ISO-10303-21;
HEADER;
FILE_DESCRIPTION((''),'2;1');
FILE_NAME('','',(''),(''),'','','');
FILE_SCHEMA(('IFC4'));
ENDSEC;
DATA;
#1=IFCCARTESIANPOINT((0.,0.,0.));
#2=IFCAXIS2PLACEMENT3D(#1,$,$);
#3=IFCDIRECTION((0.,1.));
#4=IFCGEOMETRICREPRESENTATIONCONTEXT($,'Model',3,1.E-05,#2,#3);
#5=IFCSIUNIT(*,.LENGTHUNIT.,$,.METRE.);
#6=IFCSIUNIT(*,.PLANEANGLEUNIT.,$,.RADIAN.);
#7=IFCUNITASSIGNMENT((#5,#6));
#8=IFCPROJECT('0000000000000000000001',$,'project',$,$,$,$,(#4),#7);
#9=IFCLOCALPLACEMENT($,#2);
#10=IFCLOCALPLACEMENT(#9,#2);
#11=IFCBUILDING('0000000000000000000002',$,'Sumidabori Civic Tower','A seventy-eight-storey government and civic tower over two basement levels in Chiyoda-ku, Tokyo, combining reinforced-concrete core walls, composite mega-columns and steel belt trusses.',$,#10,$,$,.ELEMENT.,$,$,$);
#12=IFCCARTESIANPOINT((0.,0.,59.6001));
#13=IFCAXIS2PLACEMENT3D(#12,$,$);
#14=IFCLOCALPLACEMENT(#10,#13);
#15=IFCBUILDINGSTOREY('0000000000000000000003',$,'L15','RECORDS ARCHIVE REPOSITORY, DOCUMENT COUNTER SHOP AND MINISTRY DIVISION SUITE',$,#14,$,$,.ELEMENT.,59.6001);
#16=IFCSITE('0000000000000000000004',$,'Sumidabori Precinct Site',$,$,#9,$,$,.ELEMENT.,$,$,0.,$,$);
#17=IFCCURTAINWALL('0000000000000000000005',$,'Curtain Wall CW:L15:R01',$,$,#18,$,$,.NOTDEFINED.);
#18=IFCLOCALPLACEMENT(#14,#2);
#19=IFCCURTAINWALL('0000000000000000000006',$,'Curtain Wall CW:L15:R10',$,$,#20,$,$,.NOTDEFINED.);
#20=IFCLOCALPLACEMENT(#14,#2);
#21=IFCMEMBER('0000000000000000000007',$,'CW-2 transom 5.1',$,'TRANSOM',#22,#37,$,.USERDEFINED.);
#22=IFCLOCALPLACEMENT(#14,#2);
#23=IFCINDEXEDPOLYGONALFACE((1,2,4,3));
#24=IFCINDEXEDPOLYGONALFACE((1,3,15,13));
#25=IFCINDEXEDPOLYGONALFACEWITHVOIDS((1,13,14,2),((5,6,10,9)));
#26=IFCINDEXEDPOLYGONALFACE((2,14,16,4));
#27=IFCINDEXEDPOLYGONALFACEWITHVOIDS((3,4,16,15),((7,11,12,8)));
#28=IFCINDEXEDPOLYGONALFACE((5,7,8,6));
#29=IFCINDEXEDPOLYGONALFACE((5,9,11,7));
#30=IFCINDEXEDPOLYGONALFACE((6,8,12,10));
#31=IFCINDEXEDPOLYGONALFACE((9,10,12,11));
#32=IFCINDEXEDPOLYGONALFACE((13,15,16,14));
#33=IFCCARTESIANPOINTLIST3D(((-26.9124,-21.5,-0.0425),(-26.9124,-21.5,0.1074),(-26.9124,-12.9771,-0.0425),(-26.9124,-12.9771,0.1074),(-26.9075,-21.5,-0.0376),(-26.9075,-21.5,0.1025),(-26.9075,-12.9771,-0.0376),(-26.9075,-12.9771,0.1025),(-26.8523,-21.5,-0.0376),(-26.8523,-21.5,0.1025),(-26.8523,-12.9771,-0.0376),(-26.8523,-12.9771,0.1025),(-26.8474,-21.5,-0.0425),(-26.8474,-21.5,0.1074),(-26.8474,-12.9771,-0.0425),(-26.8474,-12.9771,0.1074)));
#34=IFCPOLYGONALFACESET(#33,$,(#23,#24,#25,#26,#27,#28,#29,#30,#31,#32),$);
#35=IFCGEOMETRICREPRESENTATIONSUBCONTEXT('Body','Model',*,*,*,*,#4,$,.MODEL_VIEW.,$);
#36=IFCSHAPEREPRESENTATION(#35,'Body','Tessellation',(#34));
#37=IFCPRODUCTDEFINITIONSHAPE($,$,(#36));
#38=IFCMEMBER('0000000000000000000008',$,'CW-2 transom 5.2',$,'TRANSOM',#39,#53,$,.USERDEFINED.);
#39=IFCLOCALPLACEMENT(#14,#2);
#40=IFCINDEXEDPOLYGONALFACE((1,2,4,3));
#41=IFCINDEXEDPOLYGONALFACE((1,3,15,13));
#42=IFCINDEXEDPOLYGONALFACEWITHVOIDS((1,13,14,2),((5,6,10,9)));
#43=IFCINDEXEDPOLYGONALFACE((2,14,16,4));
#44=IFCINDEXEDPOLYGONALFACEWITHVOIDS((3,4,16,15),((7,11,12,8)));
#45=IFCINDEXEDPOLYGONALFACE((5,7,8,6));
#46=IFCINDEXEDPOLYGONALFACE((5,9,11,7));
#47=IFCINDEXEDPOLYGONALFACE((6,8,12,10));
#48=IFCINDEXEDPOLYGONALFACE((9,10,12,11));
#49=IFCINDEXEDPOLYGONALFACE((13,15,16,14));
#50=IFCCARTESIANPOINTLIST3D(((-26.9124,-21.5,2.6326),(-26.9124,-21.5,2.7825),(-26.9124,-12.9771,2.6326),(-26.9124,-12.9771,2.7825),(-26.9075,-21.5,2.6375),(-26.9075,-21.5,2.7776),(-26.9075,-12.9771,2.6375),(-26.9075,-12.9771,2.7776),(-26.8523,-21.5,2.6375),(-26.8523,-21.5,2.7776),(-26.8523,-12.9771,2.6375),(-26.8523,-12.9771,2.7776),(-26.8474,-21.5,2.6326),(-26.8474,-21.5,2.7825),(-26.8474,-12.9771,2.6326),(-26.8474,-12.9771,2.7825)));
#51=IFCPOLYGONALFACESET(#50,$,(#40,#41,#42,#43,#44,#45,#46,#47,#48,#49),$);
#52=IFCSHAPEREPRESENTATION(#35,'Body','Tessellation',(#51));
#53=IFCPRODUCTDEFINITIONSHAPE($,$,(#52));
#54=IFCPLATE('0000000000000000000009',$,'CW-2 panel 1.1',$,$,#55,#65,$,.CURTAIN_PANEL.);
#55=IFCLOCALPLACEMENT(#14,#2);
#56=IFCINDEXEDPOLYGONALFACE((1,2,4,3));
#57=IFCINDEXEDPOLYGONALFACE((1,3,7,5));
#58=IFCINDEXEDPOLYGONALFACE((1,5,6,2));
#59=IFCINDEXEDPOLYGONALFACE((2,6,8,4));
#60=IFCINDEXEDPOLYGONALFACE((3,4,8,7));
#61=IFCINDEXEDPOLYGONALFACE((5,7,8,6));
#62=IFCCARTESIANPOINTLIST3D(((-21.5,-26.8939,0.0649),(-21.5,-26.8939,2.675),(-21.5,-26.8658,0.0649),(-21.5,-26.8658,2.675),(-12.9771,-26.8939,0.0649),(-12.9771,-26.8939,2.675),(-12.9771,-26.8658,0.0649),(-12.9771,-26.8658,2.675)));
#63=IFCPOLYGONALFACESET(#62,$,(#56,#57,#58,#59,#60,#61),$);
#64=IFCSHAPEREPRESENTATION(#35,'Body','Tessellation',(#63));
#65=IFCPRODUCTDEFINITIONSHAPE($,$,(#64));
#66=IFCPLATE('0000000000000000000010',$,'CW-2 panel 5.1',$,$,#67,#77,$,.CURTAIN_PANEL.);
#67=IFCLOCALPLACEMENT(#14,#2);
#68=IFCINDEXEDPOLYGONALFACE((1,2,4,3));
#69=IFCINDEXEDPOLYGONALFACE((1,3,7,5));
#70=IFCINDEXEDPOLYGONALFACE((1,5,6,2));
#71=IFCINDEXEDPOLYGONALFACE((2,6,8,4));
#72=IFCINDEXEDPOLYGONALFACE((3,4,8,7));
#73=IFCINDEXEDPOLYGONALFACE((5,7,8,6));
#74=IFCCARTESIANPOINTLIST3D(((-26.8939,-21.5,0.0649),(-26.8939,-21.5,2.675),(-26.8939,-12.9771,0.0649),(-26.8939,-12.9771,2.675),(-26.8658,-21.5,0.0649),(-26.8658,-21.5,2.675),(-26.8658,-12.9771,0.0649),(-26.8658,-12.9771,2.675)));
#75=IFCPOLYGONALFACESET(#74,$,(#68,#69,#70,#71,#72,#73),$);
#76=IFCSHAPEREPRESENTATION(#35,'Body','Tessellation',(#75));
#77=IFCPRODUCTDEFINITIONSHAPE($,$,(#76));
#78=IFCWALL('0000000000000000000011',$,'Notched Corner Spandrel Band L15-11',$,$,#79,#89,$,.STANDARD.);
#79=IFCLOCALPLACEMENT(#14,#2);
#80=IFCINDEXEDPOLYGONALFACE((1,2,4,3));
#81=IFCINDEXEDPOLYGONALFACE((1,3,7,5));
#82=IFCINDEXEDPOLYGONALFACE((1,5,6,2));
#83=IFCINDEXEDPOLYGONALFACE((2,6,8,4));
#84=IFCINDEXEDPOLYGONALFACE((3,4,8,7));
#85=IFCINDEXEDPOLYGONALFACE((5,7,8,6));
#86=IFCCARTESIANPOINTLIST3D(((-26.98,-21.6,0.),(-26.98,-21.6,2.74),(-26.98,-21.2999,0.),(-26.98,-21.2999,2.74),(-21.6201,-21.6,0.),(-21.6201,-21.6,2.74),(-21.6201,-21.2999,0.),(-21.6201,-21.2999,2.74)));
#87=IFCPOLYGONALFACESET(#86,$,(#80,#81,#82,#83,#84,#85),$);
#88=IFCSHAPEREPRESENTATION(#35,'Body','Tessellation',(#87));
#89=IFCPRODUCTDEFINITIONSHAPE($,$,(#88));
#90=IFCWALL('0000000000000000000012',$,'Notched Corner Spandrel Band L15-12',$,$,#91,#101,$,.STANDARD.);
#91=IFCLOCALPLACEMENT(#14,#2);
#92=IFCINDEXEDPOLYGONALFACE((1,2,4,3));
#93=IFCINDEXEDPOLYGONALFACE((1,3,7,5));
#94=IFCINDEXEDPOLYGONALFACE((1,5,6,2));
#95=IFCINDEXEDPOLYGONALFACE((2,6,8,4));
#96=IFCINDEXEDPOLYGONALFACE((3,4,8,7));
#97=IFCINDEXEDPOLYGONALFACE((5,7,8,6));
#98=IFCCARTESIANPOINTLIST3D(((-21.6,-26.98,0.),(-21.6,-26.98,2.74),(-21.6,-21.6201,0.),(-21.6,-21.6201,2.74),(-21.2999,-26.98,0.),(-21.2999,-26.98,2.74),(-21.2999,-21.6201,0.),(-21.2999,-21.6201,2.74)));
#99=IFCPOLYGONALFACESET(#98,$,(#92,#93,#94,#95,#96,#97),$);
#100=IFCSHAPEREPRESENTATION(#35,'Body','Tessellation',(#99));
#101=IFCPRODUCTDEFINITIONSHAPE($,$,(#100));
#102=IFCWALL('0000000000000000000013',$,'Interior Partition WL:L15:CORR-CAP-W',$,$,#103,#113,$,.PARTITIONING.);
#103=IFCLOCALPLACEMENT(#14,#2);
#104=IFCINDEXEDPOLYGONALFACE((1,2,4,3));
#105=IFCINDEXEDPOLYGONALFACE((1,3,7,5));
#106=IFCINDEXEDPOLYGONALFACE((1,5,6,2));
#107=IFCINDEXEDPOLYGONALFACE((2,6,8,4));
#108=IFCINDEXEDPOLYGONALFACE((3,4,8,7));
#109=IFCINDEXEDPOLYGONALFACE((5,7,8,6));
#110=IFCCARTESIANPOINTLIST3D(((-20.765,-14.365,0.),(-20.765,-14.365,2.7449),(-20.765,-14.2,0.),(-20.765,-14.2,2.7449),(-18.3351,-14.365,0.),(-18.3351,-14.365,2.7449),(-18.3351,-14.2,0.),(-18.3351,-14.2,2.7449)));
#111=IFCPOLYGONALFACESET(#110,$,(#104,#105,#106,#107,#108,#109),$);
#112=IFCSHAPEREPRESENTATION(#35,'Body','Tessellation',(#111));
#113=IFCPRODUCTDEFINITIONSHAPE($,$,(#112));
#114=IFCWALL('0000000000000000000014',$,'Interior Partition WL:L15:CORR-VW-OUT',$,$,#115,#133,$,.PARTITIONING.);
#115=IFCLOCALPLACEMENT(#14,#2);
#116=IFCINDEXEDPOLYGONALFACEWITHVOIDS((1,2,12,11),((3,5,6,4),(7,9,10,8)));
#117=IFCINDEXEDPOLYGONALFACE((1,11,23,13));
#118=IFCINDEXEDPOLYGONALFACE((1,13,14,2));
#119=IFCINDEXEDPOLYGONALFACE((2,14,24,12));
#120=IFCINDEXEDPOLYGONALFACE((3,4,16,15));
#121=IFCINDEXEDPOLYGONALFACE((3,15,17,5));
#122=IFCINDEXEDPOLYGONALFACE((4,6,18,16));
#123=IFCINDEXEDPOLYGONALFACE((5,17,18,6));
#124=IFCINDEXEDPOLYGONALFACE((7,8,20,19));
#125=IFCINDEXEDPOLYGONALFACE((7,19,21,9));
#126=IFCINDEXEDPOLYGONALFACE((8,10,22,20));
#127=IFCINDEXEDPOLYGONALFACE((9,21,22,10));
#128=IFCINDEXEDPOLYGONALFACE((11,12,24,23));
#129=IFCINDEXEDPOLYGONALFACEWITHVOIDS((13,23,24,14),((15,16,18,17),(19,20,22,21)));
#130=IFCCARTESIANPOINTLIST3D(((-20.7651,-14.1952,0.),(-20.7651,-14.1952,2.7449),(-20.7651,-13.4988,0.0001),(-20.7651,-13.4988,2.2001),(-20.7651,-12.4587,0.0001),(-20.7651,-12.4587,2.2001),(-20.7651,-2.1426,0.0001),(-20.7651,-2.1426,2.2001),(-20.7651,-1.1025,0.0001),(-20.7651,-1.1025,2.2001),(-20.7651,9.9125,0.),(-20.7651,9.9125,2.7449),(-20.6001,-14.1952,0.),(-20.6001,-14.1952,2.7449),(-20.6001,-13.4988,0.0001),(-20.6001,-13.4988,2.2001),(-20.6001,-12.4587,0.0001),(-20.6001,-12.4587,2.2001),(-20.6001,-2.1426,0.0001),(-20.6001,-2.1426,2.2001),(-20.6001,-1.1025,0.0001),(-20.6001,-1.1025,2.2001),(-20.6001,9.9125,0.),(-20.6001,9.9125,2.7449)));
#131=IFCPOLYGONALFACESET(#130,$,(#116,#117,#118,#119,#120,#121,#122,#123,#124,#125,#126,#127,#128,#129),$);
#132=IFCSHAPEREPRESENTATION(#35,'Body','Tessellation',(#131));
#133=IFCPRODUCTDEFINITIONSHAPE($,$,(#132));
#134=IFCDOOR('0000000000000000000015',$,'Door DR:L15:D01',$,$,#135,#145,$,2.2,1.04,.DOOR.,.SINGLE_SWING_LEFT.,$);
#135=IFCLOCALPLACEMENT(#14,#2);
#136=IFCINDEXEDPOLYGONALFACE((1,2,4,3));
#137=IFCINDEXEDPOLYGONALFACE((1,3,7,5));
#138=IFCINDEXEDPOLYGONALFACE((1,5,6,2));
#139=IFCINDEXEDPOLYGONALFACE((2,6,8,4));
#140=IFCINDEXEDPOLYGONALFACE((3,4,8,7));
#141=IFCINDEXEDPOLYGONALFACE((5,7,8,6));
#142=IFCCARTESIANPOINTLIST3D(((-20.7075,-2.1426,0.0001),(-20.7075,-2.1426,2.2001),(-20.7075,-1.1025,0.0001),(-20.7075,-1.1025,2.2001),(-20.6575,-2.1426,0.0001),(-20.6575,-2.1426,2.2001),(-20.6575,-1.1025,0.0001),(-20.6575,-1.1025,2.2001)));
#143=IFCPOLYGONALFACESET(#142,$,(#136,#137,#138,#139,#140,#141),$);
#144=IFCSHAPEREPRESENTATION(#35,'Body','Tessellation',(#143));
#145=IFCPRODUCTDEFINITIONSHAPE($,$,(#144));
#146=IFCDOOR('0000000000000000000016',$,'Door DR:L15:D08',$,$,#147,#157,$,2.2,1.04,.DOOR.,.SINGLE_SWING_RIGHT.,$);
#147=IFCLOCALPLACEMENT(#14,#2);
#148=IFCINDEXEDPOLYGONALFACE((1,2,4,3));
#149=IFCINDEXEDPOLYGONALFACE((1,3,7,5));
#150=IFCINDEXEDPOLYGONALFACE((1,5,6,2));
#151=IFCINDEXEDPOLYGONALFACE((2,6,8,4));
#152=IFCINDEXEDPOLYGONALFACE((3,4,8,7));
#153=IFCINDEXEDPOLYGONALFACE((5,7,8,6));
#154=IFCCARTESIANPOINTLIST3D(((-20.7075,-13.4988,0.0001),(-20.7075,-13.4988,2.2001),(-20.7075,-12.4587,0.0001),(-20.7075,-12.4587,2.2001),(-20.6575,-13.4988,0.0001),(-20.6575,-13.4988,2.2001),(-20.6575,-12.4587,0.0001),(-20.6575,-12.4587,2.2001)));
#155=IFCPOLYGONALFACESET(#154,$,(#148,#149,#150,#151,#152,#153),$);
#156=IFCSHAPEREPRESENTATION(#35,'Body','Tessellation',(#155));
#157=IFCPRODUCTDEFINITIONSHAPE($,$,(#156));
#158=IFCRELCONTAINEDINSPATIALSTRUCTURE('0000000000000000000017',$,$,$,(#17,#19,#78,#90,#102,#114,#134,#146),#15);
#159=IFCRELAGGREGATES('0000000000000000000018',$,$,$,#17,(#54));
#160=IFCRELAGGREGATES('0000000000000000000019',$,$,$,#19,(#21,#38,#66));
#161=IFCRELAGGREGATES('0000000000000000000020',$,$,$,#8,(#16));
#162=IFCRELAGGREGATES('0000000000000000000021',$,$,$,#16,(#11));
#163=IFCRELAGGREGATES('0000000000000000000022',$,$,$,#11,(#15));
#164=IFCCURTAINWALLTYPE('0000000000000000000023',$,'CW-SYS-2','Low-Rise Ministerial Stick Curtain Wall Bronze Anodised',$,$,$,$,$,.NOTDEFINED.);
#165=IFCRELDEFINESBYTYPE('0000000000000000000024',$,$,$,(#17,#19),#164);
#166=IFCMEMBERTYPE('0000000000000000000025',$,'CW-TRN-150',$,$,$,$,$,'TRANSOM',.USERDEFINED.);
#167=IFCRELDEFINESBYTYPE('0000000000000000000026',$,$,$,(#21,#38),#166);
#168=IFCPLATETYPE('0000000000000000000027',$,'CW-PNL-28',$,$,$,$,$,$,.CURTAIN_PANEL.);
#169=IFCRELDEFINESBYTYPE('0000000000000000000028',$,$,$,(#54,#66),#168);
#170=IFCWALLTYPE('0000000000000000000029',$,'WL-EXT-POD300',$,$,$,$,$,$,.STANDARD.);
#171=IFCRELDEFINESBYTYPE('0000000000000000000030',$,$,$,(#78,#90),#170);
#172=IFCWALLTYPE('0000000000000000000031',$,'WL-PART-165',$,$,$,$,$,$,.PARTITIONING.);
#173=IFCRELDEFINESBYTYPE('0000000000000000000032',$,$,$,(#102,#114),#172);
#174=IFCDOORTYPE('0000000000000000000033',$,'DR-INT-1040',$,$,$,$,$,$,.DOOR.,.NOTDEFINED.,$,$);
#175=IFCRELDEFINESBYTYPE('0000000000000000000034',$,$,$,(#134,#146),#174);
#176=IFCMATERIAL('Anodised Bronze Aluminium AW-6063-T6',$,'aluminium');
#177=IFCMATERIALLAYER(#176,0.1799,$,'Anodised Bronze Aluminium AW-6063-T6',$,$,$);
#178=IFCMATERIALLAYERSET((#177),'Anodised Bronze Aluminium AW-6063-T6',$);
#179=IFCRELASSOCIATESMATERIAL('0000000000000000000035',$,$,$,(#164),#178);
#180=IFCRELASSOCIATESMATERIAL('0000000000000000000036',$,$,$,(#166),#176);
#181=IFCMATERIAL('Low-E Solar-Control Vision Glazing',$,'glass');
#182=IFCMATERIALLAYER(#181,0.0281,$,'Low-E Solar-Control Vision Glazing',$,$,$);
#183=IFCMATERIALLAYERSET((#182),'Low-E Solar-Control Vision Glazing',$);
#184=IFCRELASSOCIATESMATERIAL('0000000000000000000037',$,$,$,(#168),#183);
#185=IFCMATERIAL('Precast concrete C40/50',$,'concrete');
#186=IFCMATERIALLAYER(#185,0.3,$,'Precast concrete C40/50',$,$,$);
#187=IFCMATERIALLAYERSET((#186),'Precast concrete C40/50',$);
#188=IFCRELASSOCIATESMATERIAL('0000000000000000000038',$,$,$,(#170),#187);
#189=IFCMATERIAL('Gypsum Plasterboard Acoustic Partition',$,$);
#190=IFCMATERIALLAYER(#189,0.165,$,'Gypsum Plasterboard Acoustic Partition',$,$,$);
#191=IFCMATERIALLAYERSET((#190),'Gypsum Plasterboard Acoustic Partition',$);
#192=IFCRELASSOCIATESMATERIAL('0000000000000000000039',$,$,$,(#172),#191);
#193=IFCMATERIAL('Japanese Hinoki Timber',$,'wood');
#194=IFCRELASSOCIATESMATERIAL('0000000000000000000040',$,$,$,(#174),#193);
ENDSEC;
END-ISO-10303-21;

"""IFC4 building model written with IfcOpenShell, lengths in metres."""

from ifc_helpers import new_model, si_unit, direction, frame, frame_2d, origin, origin_2d, place, context, subcontext, project, spatial, rectangle, hollow_rectangle, extrude, source, transform, mapped, material, layer, layer_set, material_profile, profile_set, type_object, element, fill, aggregate, save


model = new_model("IFC4")

# Units and contexts
model_context = context("Model", 3, precision=1e-05, world=origin(), true_north=direction((0.0, 1.0)))
body_context = subcontext(model_context, "Body", "Model", "MODEL_VIEW")
ifc_project = project(units=[si_unit("LENGTHUNIT", "METRE"), si_unit("PLANEANGLEUNIT", "RADIAN")], contexts=[model_context])

# Site, building, storey
site_placement = place(None, origin())
site = spatial("IfcSite", under=ifc_project, at=site_placement, Name="Sumidabori Precinct Site", CompositionType="ELEMENT", RefElevation=0.0)
building_placement = place(site_placement, origin())
building = spatial("IfcBuilding", under=site, at=building_placement, Name="Sumidabori Civic Tower", Description="A seventy-eight-storey government and civic tower over two basement levels in Chiyoda-ku, Tokyo, combining reinforced-concrete core walls, composite mega-columns and steel belt trusses.", CompositionType="ELEMENT")
storey_placement = place(building_placement, frame((0.0, 0.0, 59.6001)))
storey = spatial("IfcBuildingStorey", under=building, at=storey_placement, Name="L15", Description="RECORDS ARCHIVE REPOSITORY, DOCUMENT COUNTER SHOP AND MINISTRY DIVISION SUITE", CompositionType="ELEMENT", Elevation=59.6001)

# Curtain walls
ifc_material_1 = material(Name="Anodised Bronze Aluminium AW-6063-T6", Category="aluminium")
ifc_layer_1 = layer(ifc_material_1, 0.1799, Name="Anodised Bronze Aluminium AW-6063-T6")
ifc_layer_set_1 = layer_set([ifc_layer_1], Name="Anodised Bronze Aluminium AW-6063-T6")
curtain_wall_type = type_object("IfcCurtainWallType", Name="CW-SYS-2", Description="Low-Rise Ministerial Stick Curtain Wall Bronze Anodised", PredefinedType="NOTDEFINED", material=ifc_layer_set_1)
curtain_wall_1_placement = place(storey_placement, origin())
curtain_wall_1 = element("IfcCurtainWall", 1, at=curtain_wall_1_placement, inside=storey, type_object=curtain_wall_type, Name="Curtain Wall CW:L15:R01", PredefinedType="NOTDEFINED")
curtain_wall_2_placement = place(storey_placement, origin())
curtain_wall_2 = element("IfcCurtainWall", 2, at=curtain_wall_2_placement, inside=storey, type_object=curtain_wall_type, Name="Curtain Wall CW:L15:R10", PredefinedType="NOTDEFINED")

# Members
ifc_material_profile_1 = material_profile(ifc_material_1, hollow_rectangle(XDim=0.0649, YDim=0.1499, WallThickness=0.0049, at=origin_2d()), Name="ALU TRANSOM 150x65")
ifc_profile_set_1 = profile_set([ifc_material_profile_1], Name="Anodised Bronze Aluminium AW-6063-T6")
member_type_1 = type_object("IfcMemberType", Name="CW-TRN-150", ElementType="TRANSOM", PredefinedType="USERDEFINED", material=ifc_profile_set_1)
shared_shape_1 = source(origin(), body_context, "Body", "SweptSolid", [
    extrude(hollow_rectangle(XDim=0.0649, YDim=0.1499, WallThickness=0.0049, at=origin_2d()), origin(), (0.0, 0.0, 1.0), 8.5229),
])
member_1_placement = place(storey_placement, frame((-26.8799, -12.9771, 0.0325), z_axis=(0.0, -1.0, 0.0), x_axis=(1.0, 0.0, 0.0)))
member_1 = element("IfcMember", 3, at=member_1_placement, type_object=member_type_1, Name="CW-2 transom 5.1", ObjectType="TRANSOM", PredefinedType="USERDEFINED", context=body_context, shape_type="MappedRepresentation", body=[
    mapped(shared_shape_1, transform((0.0, 0.0, 0.0), x_axis=(1.0, 0.0, 0.0), y_axis=(0.0, 1.0, 0.0), z_axis=(0.0, 0.0, 1.0), scale=1.0)),
])
member_2_placement = place(storey_placement, frame((-26.8799, -12.9771, 2.7075), z_axis=(0.0, -1.0, 0.0), x_axis=(1.0, 0.0, 0.0)))
member_2 = element("IfcMember", 4, at=member_2_placement, type_object=member_type_1, Name="CW-2 transom 5.2", ObjectType="TRANSOM", PredefinedType="USERDEFINED", context=body_context, shape_type="MappedRepresentation", body=[
    mapped(shared_shape_1, transform((0.0, 0.0, 0.0), x_axis=(1.0, 0.0, 0.0), y_axis=(0.0, 1.0, 0.0), z_axis=(0.0, 0.0, 1.0), scale=1.0)),
])

# Plates
ifc_material_2 = material(Name="Low-E Solar-Control Vision Glazing", Category="glass")
ifc_layer_2 = layer(ifc_material_2, 0.0281, Name="Low-E Solar-Control Vision Glazing")
ifc_layer_set_2 = layer_set([ifc_layer_2], Name="Low-E Solar-Control Vision Glazing")
plate_type = type_object("IfcPlateType", Name="CW-PNL-28", PredefinedType="CURTAIN_PANEL", material=ifc_layer_set_2)
shared_shape_2 = source(origin(), body_context, "Body", "SweptSolid", [
    extrude(rectangle(XDim=8.5229, YDim=0.0281, at=origin_2d()), origin(), (0.0, 0.0, 1.0), 2.6101),
])
plate_1_placement = place(storey_placement, frame((-17.2385, -26.8799, 0.0649), z_axis=(0.0, 0.0, 1.0), x_axis=(1.0, 0.0, 0.0)))
plate_1 = element("IfcPlate", 5, at=plate_1_placement, type_object=plate_type, Name="CW-2 panel 1.1", PredefinedType="CURTAIN_PANEL", context=body_context, shape_type="MappedRepresentation", body=[
    mapped(shared_shape_2, transform((0.0, 0.0, 0.0), x_axis=(1.0, 0.0, 0.0), y_axis=(0.0, 1.0, 0.0), z_axis=(0.0, 0.0, 1.0), scale=1.0)),
])
aggregate(curtain_wall_1, [plate_1])
plate_2_placement = place(storey_placement, frame((-26.8799, -17.2385, 0.0649), z_axis=(0.0, 0.0, 1.0), x_axis=(0.0, -1.0, 0.0)))
plate_2 = element("IfcPlate", 6, at=plate_2_placement, type_object=plate_type, Name="CW-2 panel 5.1", PredefinedType="CURTAIN_PANEL", context=body_context, shape_type="MappedRepresentation", body=[
    mapped(shared_shape_2, transform((0.0, 0.0, 0.0), x_axis=(1.0, 0.0, 0.0), y_axis=(0.0, 1.0, 0.0), z_axis=(0.0, 0.0, 1.0), scale=1.0)),
])
aggregate(curtain_wall_2, [member_1, member_2, plate_2])

# Walls
ifc_material_3 = material(Name="Precast concrete C40/50", Category="concrete")
ifc_layer_3 = layer(ifc_material_3, 0.3, Name="Precast concrete C40/50")
ifc_layer_set_3 = layer_set([ifc_layer_3], Name="Precast concrete C40/50")
wall_type_1 = type_object("IfcWallType", Name="WL-EXT-POD300", PredefinedType="STANDARD", material=ifc_layer_set_3)
shared_shape_3 = source(origin(), body_context, "Body", "SweptSolid", [
    extrude(rectangle(XDim=5.3599, YDim=0.3, at=frame_2d((2.6799, 0.0))), origin(), (0.0, 0.0, 1.0), 2.74),
])
for number, where, z_axis, x_axis, name in (
    (7, (-26.98, -21.45, 0.0), (0.0, 0.0, 1.0), (1.0, 0.0, 0.0), "Notched Corner Spandrel Band L15-11"),
    (8, (-21.45, -21.6201, 0.0), (0.0, 0.0, 1.0), (0.0, -1.0, 0.0), "Notched Corner Spandrel Band L15-12"),
):
    element("IfcWall", number, at=place(storey_placement, frame(where, z_axis=z_axis, x_axis=x_axis)), inside=storey, type_object=wall_type_1, Name=name, PredefinedType="STANDARD", context=body_context, shape_type="MappedRepresentation", body=[
        mapped(shared_shape_3, transform((0.0, 0.0, 0.0), x_axis=(1.0, 0.0, 0.0), y_axis=(0.0, 1.0, 0.0), z_axis=(0.0, 0.0, 1.0), scale=1.0)),
    ])
ifc_material_4 = material(Name="Gypsum Plasterboard Acoustic Partition")
ifc_layer_4 = layer(ifc_material_4, 0.165, Name="Gypsum Plasterboard Acoustic Partition")
ifc_layer_set_4 = layer_set([ifc_layer_4], Name="Gypsum Plasterboard Acoustic Partition")
wall_type_2 = type_object("IfcWallType", Name="WL-PART-165", PredefinedType="PARTITIONING", material=ifc_layer_set_4)
shared_shape_4 = source(origin(), body_context, "Body", "SweptSolid", [
    extrude(rectangle(XDim=2.4299, YDim=0.165, at=frame_2d((1.2148, 0.0))), origin(), (0.0, 0.0, 1.0), 2.7449),
])
wall_1_placement = place(storey_placement, frame((-20.7649, -14.2825, 0.0), z_axis=(0.0, 0.0, 1.0), x_axis=(1.0, 0.0, 0.0)))
element("IfcWall", 9, at=wall_1_placement, inside=storey, type_object=wall_type_2, Name="Interior Partition WL:L15:CORR-CAP-W", PredefinedType="PARTITIONING", context=body_context, shape_type="MappedRepresentation", body=[
    mapped(shared_shape_4, transform((0.0, 0.0, 0.0), x_axis=(1.0, 0.0, 0.0), y_axis=(0.0, 1.0, 0.0), z_axis=(0.0, 0.0, 1.0), scale=1.0)),
])

# Wall, openings, doors
shared_shape_5 = source(origin(), body_context, "Body", "SweptSolid", [
    extrude(rectangle(XDim=24.1077, YDim=0.165, at=frame_2d((12.0537, 0.0))), origin(), (0.0, 0.0, 1.0), 2.7449),
])
wall_2_placement = place(storey_placement, frame((-20.6826, -14.1951, 0.0), z_axis=(0.0, 0.0, 1.0), x_axis=(0.0, 1.0, 0.0)))
wall_2 = element("IfcWall", 10, at=wall_2_placement, inside=storey, type_object=wall_type_2, Name="Interior Partition WL:L15:CORR-VW-OUT", PredefinedType="PARTITIONING", context=body_context, shape_type="MappedRepresentation", body=[
    mapped(shared_shape_5, transform((0.0, 0.0, 0.0), x_axis=(1.0, 0.0, 0.0), y_axis=(0.0, 1.0, 0.0), z_axis=(0.0, 0.0, 1.0), scale=1.0)),
])
opening_1_placement = place(wall_2_placement, frame((12.0525, 0.0, 0.0)))
opening_1 = element("IfcOpeningElement", 11, at=opening_1_placement, cuts=wall_2, PredefinedType="OPENING", context=body_context, shape_type="SweptSolid", body=[
    extrude(rectangle(XDim=1.04, YDim=2.2, at=frame_2d((0.52, 1.1001))), frame((0.0, 0.0945, 0.0), z_axis=(0.0, -1.0, 0.0), x_axis=(1.0, 0.0, 0.0)), (0.0, 0.0, 1.0), 0.189),
])
opening_2_placement = place(wall_2_placement, frame((0.6963, 0.0, 0.0)))
opening_2 = element("IfcOpeningElement", 12, at=opening_2_placement, cuts=wall_2, PredefinedType="OPENING", context=body_context, shape_type="SweptSolid", body=[
    extrude(rectangle(XDim=1.04, YDim=2.2, at=frame_2d((0.52, 1.1001))), frame((0.0, 0.0945, 0.0), z_axis=(0.0, -1.0, 0.0), x_axis=(1.0, 0.0, 0.0)), (0.0, 0.0, 1.0), 0.189),
])
ifc_material_5 = material(Name="Japanese Hinoki Timber", Category="wood")
door_type = type_object("IfcDoorType", Name="DR-INT-1040", OperationType="NOTDEFINED", PredefinedType="DOOR", material=ifc_material_5)
shared_shape_6 = source(origin(), body_context, "Body", "SweptSolid", [
    extrude(rectangle(XDim=1.04, YDim=2.2, at=frame_2d((0.52, 1.1001))), frame((0.0, 0.0249, 0.0), z_axis=(0.0, -1.0, 0.0), x_axis=(1.0, 0.0, 0.0)), (0.0, 0.0, 1.0), 0.05),
])
door_1_placement = place(opening_1_placement, origin())
door_1 = element("IfcDoor", 13, at=door_1_placement, inside=storey, type_object=door_type, Name="Door DR:L15:D01", OperationType="SINGLE_SWING_LEFT", OverallHeight=2.2, OverallWidth=1.04, PredefinedType="DOOR", context=body_context, shape_type="MappedRepresentation", body=[
    mapped(shared_shape_6, transform((0.0, 0.0, 0.0), x_axis=(1.0, 0.0, 0.0), y_axis=(0.0, 1.0, 0.0), z_axis=(0.0, 0.0, 1.0), scale=1.0)),
])
fill(opening_1, door_1)
door_2_placement = place(opening_2_placement, origin())
door_2 = element("IfcDoor", 14, at=door_2_placement, inside=storey, type_object=door_type, Name="Door DR:L15:D08", OperationType="SINGLE_SWING_RIGHT", OverallHeight=2.2, OverallWidth=1.04, PredefinedType="DOOR", context=body_context, shape_type="MappedRepresentation", body=[
    mapped(shared_shape_6, transform((0.0, 0.0, 0.0), x_axis=(1.0, 0.0, 0.0), y_axis=(0.0, 1.0, 0.0), z_axis=(0.0, 0.0, 1.0), scale=1.0)),
])
fill(opening_2, door_2)

save(model, "model.ifc")
